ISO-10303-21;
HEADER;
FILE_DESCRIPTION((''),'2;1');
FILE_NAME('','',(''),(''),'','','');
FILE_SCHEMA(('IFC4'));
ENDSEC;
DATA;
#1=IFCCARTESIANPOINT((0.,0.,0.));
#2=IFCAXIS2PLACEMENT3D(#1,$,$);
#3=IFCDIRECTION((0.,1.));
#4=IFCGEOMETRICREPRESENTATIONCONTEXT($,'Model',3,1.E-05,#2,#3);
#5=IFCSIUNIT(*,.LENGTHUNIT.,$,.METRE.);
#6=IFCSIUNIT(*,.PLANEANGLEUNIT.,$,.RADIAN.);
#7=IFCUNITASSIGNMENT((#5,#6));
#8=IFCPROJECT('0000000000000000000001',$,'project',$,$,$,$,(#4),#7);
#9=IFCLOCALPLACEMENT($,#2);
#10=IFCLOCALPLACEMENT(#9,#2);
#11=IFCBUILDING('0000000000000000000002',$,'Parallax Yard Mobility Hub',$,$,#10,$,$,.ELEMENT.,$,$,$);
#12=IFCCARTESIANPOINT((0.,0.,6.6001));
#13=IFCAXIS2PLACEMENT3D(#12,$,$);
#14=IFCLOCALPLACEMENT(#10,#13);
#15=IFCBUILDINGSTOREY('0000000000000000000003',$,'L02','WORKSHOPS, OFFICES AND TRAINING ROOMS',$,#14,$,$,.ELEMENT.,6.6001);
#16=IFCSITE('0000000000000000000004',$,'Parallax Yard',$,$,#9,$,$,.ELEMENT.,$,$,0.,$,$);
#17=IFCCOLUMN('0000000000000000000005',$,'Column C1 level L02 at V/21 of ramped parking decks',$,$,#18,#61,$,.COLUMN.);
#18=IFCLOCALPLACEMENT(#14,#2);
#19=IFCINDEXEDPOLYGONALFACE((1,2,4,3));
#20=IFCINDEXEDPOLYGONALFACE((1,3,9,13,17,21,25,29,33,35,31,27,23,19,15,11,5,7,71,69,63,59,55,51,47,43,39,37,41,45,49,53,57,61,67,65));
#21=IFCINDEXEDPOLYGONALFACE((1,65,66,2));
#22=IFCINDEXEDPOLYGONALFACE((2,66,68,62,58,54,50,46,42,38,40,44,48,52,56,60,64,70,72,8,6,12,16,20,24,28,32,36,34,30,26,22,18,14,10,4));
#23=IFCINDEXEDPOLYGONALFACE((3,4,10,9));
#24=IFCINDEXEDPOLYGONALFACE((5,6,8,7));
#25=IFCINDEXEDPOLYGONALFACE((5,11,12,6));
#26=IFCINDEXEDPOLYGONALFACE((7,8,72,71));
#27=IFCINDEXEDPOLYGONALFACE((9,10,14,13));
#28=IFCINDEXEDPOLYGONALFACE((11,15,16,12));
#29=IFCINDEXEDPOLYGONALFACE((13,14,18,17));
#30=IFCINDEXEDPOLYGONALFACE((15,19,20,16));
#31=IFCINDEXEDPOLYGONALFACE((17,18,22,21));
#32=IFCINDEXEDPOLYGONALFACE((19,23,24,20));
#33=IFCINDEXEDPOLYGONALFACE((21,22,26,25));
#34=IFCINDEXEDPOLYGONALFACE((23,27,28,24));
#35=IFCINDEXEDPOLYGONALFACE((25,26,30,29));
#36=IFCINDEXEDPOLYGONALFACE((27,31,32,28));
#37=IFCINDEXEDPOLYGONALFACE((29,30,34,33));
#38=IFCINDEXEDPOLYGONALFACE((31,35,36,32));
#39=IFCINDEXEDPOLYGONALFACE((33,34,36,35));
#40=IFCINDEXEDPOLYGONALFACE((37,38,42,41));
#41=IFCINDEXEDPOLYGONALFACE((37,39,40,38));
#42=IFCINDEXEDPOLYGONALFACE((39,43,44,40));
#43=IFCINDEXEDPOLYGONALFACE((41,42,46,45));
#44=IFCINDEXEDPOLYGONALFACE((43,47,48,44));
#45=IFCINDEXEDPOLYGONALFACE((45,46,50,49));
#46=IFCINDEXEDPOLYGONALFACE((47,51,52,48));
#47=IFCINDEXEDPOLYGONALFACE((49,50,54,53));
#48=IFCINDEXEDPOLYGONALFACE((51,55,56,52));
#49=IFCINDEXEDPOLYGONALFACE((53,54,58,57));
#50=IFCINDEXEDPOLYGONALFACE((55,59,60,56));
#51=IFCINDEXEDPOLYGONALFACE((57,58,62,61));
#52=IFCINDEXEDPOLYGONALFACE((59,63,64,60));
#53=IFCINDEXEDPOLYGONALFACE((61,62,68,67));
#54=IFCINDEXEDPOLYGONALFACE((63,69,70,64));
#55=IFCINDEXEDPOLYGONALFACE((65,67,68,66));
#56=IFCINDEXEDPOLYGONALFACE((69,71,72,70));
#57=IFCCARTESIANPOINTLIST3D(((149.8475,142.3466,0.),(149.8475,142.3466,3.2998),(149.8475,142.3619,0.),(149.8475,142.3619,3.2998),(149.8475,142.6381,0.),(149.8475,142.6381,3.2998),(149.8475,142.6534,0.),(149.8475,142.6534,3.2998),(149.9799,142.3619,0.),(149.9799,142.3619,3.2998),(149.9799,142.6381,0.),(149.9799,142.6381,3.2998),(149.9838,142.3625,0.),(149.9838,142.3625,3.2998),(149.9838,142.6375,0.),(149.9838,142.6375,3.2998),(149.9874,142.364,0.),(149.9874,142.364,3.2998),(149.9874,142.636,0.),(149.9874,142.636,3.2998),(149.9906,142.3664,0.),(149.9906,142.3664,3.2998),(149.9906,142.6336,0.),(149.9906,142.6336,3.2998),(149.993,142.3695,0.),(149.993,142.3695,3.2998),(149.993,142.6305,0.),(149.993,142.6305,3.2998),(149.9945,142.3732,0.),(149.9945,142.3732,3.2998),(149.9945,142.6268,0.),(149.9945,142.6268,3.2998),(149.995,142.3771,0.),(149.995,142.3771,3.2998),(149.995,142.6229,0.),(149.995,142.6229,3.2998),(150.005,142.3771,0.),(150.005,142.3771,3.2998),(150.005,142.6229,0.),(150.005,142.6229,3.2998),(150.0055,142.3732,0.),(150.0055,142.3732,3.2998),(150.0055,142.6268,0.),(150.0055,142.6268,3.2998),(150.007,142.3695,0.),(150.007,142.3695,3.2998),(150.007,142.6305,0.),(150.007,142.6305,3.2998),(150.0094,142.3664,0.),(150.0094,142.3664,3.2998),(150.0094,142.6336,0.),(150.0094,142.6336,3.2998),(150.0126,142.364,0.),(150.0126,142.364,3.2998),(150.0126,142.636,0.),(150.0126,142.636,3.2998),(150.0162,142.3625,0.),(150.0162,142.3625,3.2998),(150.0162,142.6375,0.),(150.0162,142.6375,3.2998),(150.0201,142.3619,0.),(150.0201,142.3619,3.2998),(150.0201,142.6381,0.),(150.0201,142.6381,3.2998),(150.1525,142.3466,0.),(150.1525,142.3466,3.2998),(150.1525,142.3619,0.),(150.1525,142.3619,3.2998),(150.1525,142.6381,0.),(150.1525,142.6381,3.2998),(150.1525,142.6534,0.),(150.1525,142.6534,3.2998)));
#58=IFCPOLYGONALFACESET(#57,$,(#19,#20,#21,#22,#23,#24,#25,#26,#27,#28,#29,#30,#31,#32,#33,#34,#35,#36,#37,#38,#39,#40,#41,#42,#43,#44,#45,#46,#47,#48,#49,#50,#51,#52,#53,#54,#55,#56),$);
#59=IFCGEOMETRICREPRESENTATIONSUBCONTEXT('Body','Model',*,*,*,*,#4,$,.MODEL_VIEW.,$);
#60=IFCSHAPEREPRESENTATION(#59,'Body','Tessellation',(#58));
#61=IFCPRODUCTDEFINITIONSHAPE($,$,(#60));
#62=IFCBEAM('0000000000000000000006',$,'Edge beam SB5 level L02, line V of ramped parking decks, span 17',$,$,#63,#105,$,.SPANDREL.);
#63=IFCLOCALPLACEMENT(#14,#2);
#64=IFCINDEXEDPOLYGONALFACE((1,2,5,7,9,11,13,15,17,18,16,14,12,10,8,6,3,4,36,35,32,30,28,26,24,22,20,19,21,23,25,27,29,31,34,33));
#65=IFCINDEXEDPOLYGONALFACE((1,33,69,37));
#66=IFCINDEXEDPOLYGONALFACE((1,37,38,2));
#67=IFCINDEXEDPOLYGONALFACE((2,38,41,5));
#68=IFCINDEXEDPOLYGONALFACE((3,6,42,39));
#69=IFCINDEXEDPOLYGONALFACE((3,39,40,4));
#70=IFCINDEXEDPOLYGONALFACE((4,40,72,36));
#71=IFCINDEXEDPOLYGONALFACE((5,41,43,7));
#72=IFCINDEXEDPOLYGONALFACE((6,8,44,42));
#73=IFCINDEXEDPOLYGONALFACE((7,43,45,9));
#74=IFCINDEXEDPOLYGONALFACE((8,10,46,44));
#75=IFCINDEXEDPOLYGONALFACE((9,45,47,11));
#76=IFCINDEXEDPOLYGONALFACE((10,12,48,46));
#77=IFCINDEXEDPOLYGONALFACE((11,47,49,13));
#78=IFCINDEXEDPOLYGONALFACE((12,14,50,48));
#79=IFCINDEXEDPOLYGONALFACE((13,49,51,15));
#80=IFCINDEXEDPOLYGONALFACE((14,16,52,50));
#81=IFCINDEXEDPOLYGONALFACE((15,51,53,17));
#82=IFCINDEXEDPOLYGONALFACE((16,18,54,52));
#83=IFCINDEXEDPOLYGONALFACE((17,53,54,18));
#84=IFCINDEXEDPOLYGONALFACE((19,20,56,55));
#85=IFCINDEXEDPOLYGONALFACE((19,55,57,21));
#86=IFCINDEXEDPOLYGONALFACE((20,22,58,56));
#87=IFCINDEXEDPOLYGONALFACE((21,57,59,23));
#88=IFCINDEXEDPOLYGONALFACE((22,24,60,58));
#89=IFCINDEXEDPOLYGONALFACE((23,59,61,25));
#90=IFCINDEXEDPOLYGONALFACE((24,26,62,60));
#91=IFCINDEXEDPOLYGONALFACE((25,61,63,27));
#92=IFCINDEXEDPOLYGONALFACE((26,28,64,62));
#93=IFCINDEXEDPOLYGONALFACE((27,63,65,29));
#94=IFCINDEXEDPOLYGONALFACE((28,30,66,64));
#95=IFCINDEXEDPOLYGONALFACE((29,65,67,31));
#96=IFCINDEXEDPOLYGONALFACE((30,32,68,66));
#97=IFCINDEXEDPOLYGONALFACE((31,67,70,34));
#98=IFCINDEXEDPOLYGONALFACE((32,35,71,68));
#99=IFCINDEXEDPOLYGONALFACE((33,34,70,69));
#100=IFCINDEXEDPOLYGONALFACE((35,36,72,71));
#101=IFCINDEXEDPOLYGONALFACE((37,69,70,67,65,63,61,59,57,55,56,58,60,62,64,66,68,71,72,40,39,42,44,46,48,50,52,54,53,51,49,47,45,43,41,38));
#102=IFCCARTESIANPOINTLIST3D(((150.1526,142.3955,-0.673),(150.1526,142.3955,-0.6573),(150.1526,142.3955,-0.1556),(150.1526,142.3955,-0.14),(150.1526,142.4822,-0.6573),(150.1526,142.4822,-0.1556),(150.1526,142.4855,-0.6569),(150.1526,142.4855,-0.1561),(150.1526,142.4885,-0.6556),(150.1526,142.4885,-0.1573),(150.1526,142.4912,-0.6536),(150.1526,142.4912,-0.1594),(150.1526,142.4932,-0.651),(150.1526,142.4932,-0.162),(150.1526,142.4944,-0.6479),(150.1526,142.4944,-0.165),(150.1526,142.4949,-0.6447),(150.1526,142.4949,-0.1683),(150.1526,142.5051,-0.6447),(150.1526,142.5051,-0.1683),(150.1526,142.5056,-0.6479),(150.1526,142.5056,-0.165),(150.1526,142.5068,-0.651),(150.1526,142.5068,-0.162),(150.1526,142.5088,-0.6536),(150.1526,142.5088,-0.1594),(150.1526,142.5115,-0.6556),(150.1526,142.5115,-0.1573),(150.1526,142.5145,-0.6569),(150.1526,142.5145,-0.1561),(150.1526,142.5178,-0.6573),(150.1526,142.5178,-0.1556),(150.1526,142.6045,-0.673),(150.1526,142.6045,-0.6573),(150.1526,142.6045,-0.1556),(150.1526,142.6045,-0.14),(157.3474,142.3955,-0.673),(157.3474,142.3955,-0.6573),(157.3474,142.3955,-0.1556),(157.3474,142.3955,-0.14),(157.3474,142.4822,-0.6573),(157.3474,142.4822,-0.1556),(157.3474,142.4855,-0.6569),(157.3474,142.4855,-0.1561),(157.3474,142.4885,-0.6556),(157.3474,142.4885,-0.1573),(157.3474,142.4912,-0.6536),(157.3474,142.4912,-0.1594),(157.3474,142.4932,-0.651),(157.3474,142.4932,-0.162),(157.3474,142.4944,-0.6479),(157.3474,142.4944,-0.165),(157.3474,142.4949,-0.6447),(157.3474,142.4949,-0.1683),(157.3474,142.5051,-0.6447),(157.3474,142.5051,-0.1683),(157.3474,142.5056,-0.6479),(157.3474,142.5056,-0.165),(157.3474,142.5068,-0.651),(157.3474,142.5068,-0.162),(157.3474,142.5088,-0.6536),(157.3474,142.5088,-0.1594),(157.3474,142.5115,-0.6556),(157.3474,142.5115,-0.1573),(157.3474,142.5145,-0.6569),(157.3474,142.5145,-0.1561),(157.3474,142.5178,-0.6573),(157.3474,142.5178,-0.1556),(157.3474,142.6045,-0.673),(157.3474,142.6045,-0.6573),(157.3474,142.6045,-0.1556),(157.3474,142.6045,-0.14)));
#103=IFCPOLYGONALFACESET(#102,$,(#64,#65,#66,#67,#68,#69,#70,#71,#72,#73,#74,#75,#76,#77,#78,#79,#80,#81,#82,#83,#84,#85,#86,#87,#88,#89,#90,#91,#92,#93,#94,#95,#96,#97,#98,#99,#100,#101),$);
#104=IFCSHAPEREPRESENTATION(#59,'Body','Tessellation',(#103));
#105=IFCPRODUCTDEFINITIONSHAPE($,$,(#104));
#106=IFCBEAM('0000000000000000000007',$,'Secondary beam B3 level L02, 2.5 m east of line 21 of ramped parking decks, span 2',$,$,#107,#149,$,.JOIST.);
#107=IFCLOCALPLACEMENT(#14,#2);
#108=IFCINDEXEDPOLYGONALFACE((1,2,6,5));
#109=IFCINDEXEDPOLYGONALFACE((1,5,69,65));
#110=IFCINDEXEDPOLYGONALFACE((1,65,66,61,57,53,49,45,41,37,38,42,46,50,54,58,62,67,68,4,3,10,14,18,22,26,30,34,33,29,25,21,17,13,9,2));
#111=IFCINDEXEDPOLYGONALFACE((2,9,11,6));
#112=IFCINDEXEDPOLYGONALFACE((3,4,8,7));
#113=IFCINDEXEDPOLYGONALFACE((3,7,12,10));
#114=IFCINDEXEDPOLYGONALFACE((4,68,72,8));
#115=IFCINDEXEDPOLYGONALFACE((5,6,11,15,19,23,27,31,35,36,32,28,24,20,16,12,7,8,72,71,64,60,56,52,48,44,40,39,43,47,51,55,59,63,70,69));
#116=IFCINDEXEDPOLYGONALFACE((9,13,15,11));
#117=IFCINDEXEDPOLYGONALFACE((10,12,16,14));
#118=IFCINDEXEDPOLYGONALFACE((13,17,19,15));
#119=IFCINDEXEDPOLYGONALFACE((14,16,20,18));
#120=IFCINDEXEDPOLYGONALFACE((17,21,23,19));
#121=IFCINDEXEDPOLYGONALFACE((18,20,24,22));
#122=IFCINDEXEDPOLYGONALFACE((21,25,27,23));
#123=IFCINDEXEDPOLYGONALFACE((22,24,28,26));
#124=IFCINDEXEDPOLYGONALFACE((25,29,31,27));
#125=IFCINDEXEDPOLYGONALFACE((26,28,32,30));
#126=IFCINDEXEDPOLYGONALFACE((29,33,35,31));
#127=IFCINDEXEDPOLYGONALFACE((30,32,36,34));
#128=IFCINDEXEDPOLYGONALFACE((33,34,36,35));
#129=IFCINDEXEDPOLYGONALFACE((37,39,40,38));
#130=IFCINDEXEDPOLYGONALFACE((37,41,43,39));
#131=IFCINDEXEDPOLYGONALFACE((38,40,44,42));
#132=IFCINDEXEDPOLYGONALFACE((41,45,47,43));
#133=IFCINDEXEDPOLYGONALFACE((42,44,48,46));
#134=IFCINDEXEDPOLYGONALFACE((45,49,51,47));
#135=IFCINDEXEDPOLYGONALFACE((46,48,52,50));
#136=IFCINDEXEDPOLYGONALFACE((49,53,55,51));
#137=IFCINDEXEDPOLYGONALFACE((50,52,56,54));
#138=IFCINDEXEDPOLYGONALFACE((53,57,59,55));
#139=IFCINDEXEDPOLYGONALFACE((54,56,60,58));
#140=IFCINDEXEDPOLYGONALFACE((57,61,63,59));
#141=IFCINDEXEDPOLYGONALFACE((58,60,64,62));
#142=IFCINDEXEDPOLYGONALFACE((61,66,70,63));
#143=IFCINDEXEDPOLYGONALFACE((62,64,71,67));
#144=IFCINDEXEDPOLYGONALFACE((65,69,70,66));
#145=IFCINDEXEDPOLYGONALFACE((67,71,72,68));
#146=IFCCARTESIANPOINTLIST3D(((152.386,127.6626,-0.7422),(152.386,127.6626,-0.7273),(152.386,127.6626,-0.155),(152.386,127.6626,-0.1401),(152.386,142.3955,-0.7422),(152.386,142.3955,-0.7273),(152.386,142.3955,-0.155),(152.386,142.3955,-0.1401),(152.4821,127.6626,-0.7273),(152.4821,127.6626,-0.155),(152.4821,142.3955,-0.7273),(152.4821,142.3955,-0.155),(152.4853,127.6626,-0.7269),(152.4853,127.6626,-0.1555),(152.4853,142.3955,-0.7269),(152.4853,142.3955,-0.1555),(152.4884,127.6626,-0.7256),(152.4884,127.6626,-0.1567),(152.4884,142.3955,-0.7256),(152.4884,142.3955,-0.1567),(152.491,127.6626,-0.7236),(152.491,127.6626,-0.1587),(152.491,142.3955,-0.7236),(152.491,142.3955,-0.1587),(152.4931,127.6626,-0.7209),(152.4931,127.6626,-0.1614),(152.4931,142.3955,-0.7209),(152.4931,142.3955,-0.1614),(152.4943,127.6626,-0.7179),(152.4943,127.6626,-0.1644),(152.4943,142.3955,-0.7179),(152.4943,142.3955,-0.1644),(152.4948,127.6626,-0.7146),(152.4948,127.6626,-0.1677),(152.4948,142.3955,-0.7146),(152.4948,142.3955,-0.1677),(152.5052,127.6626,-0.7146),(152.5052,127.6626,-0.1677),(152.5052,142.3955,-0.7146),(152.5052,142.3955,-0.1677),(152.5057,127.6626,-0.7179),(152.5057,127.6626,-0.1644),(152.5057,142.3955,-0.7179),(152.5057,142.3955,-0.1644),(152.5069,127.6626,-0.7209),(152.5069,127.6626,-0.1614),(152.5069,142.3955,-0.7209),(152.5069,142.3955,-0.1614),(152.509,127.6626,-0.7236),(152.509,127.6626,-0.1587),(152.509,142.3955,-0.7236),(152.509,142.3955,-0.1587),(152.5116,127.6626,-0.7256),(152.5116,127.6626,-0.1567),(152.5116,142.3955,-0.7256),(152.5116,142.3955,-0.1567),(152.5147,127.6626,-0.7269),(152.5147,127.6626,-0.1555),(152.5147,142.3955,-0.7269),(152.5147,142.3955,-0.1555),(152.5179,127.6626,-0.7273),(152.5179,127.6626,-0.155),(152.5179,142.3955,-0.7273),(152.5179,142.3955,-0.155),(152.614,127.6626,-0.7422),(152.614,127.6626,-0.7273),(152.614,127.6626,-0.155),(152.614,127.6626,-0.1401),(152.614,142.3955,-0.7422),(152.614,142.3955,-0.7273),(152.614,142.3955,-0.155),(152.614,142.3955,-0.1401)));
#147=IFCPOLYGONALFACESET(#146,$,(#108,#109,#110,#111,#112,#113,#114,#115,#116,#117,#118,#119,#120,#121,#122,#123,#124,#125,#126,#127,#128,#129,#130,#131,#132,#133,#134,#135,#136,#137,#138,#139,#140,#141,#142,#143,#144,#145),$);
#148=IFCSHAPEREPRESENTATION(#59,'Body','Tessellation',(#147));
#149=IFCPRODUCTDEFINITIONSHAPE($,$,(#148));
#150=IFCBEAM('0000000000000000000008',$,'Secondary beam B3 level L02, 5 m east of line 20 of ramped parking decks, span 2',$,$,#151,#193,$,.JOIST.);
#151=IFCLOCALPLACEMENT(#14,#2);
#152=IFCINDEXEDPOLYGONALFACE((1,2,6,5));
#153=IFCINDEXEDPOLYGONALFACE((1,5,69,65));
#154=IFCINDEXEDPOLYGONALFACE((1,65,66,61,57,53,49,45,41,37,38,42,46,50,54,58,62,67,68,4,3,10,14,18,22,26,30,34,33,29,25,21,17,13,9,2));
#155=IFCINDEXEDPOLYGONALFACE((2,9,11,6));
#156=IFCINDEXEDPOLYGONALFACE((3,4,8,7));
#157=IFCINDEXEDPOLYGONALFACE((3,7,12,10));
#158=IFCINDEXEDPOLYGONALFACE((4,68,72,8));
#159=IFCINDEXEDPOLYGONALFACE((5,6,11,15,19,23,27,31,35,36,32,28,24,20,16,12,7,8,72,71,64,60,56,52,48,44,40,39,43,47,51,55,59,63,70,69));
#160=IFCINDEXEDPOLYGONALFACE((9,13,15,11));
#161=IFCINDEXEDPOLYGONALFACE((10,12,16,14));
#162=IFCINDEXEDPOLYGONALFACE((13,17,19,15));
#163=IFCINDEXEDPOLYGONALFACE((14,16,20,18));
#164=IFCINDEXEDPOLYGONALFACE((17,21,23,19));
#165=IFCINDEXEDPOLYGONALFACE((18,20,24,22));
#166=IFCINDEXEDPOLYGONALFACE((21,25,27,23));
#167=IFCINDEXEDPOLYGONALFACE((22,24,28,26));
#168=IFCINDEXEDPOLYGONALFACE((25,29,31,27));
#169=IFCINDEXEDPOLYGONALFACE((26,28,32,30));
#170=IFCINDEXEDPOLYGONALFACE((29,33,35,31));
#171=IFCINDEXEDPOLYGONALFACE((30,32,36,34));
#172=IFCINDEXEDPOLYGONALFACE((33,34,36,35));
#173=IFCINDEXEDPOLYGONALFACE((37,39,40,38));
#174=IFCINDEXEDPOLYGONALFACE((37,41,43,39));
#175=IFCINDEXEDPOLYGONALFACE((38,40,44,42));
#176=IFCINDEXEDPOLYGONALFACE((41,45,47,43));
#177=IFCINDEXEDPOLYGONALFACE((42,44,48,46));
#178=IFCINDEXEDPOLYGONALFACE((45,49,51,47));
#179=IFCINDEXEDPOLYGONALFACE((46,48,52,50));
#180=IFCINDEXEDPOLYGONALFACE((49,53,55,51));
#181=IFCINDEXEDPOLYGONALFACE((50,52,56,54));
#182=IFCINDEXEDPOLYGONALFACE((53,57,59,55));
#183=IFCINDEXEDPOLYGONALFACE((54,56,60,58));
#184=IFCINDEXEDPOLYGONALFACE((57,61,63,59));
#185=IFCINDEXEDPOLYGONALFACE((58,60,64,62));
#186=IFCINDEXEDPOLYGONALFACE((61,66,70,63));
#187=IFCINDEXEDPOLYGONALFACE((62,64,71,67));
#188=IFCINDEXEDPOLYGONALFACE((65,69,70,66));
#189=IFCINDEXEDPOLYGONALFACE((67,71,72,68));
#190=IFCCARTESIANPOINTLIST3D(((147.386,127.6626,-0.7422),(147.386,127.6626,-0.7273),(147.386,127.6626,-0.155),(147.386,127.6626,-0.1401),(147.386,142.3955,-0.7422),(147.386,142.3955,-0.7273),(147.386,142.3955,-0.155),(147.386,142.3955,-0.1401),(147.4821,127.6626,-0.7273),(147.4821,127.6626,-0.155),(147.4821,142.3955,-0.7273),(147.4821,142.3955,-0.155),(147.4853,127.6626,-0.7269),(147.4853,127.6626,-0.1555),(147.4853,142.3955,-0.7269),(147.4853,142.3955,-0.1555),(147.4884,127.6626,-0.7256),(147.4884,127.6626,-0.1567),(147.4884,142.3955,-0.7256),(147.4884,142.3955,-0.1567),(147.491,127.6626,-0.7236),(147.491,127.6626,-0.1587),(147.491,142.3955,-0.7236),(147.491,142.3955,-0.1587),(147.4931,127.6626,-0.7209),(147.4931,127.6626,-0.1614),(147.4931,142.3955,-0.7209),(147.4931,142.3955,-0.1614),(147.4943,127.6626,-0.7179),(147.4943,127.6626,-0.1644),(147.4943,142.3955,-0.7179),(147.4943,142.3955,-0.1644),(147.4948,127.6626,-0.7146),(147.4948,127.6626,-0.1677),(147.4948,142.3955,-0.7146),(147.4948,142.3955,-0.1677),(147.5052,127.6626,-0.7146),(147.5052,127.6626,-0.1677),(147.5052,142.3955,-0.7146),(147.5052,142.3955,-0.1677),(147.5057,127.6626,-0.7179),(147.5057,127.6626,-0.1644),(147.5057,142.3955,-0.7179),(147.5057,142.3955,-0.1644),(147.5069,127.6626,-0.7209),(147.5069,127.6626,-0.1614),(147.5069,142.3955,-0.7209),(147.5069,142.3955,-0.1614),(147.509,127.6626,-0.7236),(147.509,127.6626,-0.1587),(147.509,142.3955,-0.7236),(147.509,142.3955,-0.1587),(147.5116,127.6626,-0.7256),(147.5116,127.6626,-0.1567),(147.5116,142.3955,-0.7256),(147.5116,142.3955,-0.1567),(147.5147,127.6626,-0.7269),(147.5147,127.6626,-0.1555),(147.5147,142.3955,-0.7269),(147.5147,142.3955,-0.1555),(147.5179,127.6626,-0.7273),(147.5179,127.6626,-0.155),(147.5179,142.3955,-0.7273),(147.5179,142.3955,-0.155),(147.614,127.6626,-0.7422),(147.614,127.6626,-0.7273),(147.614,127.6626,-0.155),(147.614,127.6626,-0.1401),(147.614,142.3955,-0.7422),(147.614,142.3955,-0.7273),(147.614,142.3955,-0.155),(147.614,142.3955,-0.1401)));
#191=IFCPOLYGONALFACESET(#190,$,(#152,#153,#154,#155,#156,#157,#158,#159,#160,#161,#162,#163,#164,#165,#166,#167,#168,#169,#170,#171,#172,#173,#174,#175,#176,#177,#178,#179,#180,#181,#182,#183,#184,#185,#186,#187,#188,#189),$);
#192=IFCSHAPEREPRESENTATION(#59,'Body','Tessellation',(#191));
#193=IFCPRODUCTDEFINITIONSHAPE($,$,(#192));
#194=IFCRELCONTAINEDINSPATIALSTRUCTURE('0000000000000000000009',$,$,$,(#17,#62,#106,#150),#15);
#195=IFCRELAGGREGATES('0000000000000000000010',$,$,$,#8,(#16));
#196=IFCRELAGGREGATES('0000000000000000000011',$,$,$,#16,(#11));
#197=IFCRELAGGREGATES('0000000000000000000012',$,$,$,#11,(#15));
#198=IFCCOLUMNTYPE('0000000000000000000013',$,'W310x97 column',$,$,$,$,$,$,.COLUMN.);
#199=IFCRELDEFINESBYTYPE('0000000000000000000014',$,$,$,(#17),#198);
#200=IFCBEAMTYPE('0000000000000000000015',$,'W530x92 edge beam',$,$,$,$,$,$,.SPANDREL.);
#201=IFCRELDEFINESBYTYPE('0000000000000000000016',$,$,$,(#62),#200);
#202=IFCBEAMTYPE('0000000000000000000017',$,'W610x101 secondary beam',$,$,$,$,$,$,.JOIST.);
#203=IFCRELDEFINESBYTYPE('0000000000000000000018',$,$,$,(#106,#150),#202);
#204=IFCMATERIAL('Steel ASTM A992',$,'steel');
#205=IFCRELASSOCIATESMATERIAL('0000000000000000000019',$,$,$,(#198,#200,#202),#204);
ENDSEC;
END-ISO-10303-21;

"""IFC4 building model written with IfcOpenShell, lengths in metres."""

from ifc_helpers import new_model, si_unit, direction, frame, origin, origin_2d, place, context, subcontext, project, spatial, i_section, extrude, material, material_profile, profile_set, type_object, element, save


model = new_model("IFC4")

# Units and contexts
model_context = context("Model", 3, precision=1e-05, world=origin(), true_north=direction((0.0, 1.0)))
body_context = subcontext(model_context, "Body", "Model", "MODEL_VIEW")
ifc_project = project(units=[si_unit("LENGTHUNIT", "METRE"), si_unit("PLANEANGLEUNIT", "RADIAN")], contexts=[model_context])

# Site, building, storey
site_placement = place(None, origin())
site = spatial("IfcSite", under=ifc_project, at=site_placement, Name="Parallax Yard", CompositionType="ELEMENT", RefElevation=0.0)
building_placement = place(site_placement, origin())
building = spatial("IfcBuilding", under=site, at=building_placement, Name="Parallax Yard Mobility Hub", CompositionType="ELEMENT")
storey_placement = place(building_placement, frame((0.0, 0.0, 6.6001)))
storey = spatial("IfcBuildingStorey", under=building, at=storey_placement, Name="L02", Description="WORKSHOPS, OFFICES AND TRAINING ROOMS", CompositionType="ELEMENT", Elevation=6.6001)

# Column
ifc_material_1 = material(Name="Steel ASTM A992", Category="steel")
ifc_material_profile_1 = material_profile(ifc_material_1, i_section(OverallWidth=0.3049, OverallDepth=0.3069, WebThickness=0.01, FlangeThickness=0.0154, FilletRadius=0.0151, at=origin_2d()), Name="W310x97")
ifc_profile_set_1 = profile_set([ifc_material_profile_1], Name="Steel ASTM A992")
column_type = type_object("IfcColumnType", Name="W310x97 column", PredefinedType="COLUMN", material=ifc_profile_set_1)
column_placement = place(storey_placement, frame((150.0, 142.5, 0.0), z_axis=(0.0, 0.0, 1.0), x_axis=(1.0, 0.0, 0.0)))
element("IfcColumn", 1, at=column_placement, inside=storey, type_object=column_type, Name="Column C1 level L02 at V/21 of ramped parking decks", PredefinedType="COLUMN", context=body_context, shape_type="SweptSolid", body=[
    extrude(i_section(OverallWidth=0.3049, OverallDepth=0.3069, WebThickness=0.01, FlangeThickness=0.0154, FilletRadius=0.0151, at=origin_2d()), origin(), (0.0, 0.0, 1.0), 3.2998),
])

# Beams
ifc_material_profile_2 = material_profile(ifc_material_1, i_section(OverallWidth=0.209, OverallDepth=0.533, WebThickness=0.0103, FlangeThickness=0.0156, FilletRadius=0.0127, at=origin_2d()), Name="W530x92")
ifc_profile_set_2 = profile_set([ifc_material_profile_2], Name="Steel ASTM A992")
beam_type_1 = type_object("IfcBeamType", Name="W530x92 edge beam", PredefinedType="SPANDREL", material=ifc_profile_set_2)
beam_1_placement = place(storey_placement, frame((150.1526, 142.5, -0.4065), z_axis=(1.0, 0.0, 0.0), x_axis=(0.0, 1.0, 0.0)))
element("IfcBeam", 2, at=beam_1_placement, inside=storey, type_object=beam_type_1, Name="Edge beam SB5 level L02, line V of ramped parking decks, span 17", PredefinedType="SPANDREL", context=body_context, shape_type="SweptSolid", body=[
    extrude(i_section(OverallWidth=0.209, OverallDepth=0.533, WebThickness=0.0103, FlangeThickness=0.0156, FilletRadius=0.0127, at=origin_2d()), origin(), (0.0, 0.0, 1.0), 7.1948),
])
ifc_material_profile_3 = material_profile(ifc_material_1, i_section(OverallWidth=0.228, OverallDepth=0.6021, WebThickness=0.0105, FlangeThickness=0.0149, FilletRadius=0.0127, at=origin_2d()), Name="W610x101")
ifc_profile_set_3 = profile_set([ifc_material_profile_3], Name="Steel ASTM A992")
beam_type_2 = type_object("IfcBeamType", Name="W610x101 secondary beam", PredefinedType="JOIST", material=ifc_profile_set_3)
for number, where, z_axis, x_axis, name in (
    (3, (152.5, 127.6626, -0.4412), (0.0, 1.0, 0.0), (-1.0, 0.0, 0.0), "Secondary beam B3 level L02, 2.5 m east of line 21 of ramped parking decks, span 2"),
    (4, (147.5, 127.6626, -0.4412), (0.0, 1.0, 0.0), (-1.0, 0.0, 0.0), "Secondary beam B3 level L02, 5 m east of line 20 of ramped parking decks, span 2"),
):
    element("IfcBeam", number, at=place(storey_placement, frame(where, z_axis=z_axis, x_axis=x_axis)), inside=storey, type_object=beam_type_2, Name=name, PredefinedType="JOIST", context=body_context, shape_type="SweptSolid", body=[
        extrude(i_section(OverallWidth=0.228, OverallDepth=0.6021, WebThickness=0.0105, FlangeThickness=0.0149, FilletRadius=0.0127, at=origin_2d()), origin(), (0.0, 0.0, 1.0), 14.7329),
    ])

save(model, "model.ifc")
